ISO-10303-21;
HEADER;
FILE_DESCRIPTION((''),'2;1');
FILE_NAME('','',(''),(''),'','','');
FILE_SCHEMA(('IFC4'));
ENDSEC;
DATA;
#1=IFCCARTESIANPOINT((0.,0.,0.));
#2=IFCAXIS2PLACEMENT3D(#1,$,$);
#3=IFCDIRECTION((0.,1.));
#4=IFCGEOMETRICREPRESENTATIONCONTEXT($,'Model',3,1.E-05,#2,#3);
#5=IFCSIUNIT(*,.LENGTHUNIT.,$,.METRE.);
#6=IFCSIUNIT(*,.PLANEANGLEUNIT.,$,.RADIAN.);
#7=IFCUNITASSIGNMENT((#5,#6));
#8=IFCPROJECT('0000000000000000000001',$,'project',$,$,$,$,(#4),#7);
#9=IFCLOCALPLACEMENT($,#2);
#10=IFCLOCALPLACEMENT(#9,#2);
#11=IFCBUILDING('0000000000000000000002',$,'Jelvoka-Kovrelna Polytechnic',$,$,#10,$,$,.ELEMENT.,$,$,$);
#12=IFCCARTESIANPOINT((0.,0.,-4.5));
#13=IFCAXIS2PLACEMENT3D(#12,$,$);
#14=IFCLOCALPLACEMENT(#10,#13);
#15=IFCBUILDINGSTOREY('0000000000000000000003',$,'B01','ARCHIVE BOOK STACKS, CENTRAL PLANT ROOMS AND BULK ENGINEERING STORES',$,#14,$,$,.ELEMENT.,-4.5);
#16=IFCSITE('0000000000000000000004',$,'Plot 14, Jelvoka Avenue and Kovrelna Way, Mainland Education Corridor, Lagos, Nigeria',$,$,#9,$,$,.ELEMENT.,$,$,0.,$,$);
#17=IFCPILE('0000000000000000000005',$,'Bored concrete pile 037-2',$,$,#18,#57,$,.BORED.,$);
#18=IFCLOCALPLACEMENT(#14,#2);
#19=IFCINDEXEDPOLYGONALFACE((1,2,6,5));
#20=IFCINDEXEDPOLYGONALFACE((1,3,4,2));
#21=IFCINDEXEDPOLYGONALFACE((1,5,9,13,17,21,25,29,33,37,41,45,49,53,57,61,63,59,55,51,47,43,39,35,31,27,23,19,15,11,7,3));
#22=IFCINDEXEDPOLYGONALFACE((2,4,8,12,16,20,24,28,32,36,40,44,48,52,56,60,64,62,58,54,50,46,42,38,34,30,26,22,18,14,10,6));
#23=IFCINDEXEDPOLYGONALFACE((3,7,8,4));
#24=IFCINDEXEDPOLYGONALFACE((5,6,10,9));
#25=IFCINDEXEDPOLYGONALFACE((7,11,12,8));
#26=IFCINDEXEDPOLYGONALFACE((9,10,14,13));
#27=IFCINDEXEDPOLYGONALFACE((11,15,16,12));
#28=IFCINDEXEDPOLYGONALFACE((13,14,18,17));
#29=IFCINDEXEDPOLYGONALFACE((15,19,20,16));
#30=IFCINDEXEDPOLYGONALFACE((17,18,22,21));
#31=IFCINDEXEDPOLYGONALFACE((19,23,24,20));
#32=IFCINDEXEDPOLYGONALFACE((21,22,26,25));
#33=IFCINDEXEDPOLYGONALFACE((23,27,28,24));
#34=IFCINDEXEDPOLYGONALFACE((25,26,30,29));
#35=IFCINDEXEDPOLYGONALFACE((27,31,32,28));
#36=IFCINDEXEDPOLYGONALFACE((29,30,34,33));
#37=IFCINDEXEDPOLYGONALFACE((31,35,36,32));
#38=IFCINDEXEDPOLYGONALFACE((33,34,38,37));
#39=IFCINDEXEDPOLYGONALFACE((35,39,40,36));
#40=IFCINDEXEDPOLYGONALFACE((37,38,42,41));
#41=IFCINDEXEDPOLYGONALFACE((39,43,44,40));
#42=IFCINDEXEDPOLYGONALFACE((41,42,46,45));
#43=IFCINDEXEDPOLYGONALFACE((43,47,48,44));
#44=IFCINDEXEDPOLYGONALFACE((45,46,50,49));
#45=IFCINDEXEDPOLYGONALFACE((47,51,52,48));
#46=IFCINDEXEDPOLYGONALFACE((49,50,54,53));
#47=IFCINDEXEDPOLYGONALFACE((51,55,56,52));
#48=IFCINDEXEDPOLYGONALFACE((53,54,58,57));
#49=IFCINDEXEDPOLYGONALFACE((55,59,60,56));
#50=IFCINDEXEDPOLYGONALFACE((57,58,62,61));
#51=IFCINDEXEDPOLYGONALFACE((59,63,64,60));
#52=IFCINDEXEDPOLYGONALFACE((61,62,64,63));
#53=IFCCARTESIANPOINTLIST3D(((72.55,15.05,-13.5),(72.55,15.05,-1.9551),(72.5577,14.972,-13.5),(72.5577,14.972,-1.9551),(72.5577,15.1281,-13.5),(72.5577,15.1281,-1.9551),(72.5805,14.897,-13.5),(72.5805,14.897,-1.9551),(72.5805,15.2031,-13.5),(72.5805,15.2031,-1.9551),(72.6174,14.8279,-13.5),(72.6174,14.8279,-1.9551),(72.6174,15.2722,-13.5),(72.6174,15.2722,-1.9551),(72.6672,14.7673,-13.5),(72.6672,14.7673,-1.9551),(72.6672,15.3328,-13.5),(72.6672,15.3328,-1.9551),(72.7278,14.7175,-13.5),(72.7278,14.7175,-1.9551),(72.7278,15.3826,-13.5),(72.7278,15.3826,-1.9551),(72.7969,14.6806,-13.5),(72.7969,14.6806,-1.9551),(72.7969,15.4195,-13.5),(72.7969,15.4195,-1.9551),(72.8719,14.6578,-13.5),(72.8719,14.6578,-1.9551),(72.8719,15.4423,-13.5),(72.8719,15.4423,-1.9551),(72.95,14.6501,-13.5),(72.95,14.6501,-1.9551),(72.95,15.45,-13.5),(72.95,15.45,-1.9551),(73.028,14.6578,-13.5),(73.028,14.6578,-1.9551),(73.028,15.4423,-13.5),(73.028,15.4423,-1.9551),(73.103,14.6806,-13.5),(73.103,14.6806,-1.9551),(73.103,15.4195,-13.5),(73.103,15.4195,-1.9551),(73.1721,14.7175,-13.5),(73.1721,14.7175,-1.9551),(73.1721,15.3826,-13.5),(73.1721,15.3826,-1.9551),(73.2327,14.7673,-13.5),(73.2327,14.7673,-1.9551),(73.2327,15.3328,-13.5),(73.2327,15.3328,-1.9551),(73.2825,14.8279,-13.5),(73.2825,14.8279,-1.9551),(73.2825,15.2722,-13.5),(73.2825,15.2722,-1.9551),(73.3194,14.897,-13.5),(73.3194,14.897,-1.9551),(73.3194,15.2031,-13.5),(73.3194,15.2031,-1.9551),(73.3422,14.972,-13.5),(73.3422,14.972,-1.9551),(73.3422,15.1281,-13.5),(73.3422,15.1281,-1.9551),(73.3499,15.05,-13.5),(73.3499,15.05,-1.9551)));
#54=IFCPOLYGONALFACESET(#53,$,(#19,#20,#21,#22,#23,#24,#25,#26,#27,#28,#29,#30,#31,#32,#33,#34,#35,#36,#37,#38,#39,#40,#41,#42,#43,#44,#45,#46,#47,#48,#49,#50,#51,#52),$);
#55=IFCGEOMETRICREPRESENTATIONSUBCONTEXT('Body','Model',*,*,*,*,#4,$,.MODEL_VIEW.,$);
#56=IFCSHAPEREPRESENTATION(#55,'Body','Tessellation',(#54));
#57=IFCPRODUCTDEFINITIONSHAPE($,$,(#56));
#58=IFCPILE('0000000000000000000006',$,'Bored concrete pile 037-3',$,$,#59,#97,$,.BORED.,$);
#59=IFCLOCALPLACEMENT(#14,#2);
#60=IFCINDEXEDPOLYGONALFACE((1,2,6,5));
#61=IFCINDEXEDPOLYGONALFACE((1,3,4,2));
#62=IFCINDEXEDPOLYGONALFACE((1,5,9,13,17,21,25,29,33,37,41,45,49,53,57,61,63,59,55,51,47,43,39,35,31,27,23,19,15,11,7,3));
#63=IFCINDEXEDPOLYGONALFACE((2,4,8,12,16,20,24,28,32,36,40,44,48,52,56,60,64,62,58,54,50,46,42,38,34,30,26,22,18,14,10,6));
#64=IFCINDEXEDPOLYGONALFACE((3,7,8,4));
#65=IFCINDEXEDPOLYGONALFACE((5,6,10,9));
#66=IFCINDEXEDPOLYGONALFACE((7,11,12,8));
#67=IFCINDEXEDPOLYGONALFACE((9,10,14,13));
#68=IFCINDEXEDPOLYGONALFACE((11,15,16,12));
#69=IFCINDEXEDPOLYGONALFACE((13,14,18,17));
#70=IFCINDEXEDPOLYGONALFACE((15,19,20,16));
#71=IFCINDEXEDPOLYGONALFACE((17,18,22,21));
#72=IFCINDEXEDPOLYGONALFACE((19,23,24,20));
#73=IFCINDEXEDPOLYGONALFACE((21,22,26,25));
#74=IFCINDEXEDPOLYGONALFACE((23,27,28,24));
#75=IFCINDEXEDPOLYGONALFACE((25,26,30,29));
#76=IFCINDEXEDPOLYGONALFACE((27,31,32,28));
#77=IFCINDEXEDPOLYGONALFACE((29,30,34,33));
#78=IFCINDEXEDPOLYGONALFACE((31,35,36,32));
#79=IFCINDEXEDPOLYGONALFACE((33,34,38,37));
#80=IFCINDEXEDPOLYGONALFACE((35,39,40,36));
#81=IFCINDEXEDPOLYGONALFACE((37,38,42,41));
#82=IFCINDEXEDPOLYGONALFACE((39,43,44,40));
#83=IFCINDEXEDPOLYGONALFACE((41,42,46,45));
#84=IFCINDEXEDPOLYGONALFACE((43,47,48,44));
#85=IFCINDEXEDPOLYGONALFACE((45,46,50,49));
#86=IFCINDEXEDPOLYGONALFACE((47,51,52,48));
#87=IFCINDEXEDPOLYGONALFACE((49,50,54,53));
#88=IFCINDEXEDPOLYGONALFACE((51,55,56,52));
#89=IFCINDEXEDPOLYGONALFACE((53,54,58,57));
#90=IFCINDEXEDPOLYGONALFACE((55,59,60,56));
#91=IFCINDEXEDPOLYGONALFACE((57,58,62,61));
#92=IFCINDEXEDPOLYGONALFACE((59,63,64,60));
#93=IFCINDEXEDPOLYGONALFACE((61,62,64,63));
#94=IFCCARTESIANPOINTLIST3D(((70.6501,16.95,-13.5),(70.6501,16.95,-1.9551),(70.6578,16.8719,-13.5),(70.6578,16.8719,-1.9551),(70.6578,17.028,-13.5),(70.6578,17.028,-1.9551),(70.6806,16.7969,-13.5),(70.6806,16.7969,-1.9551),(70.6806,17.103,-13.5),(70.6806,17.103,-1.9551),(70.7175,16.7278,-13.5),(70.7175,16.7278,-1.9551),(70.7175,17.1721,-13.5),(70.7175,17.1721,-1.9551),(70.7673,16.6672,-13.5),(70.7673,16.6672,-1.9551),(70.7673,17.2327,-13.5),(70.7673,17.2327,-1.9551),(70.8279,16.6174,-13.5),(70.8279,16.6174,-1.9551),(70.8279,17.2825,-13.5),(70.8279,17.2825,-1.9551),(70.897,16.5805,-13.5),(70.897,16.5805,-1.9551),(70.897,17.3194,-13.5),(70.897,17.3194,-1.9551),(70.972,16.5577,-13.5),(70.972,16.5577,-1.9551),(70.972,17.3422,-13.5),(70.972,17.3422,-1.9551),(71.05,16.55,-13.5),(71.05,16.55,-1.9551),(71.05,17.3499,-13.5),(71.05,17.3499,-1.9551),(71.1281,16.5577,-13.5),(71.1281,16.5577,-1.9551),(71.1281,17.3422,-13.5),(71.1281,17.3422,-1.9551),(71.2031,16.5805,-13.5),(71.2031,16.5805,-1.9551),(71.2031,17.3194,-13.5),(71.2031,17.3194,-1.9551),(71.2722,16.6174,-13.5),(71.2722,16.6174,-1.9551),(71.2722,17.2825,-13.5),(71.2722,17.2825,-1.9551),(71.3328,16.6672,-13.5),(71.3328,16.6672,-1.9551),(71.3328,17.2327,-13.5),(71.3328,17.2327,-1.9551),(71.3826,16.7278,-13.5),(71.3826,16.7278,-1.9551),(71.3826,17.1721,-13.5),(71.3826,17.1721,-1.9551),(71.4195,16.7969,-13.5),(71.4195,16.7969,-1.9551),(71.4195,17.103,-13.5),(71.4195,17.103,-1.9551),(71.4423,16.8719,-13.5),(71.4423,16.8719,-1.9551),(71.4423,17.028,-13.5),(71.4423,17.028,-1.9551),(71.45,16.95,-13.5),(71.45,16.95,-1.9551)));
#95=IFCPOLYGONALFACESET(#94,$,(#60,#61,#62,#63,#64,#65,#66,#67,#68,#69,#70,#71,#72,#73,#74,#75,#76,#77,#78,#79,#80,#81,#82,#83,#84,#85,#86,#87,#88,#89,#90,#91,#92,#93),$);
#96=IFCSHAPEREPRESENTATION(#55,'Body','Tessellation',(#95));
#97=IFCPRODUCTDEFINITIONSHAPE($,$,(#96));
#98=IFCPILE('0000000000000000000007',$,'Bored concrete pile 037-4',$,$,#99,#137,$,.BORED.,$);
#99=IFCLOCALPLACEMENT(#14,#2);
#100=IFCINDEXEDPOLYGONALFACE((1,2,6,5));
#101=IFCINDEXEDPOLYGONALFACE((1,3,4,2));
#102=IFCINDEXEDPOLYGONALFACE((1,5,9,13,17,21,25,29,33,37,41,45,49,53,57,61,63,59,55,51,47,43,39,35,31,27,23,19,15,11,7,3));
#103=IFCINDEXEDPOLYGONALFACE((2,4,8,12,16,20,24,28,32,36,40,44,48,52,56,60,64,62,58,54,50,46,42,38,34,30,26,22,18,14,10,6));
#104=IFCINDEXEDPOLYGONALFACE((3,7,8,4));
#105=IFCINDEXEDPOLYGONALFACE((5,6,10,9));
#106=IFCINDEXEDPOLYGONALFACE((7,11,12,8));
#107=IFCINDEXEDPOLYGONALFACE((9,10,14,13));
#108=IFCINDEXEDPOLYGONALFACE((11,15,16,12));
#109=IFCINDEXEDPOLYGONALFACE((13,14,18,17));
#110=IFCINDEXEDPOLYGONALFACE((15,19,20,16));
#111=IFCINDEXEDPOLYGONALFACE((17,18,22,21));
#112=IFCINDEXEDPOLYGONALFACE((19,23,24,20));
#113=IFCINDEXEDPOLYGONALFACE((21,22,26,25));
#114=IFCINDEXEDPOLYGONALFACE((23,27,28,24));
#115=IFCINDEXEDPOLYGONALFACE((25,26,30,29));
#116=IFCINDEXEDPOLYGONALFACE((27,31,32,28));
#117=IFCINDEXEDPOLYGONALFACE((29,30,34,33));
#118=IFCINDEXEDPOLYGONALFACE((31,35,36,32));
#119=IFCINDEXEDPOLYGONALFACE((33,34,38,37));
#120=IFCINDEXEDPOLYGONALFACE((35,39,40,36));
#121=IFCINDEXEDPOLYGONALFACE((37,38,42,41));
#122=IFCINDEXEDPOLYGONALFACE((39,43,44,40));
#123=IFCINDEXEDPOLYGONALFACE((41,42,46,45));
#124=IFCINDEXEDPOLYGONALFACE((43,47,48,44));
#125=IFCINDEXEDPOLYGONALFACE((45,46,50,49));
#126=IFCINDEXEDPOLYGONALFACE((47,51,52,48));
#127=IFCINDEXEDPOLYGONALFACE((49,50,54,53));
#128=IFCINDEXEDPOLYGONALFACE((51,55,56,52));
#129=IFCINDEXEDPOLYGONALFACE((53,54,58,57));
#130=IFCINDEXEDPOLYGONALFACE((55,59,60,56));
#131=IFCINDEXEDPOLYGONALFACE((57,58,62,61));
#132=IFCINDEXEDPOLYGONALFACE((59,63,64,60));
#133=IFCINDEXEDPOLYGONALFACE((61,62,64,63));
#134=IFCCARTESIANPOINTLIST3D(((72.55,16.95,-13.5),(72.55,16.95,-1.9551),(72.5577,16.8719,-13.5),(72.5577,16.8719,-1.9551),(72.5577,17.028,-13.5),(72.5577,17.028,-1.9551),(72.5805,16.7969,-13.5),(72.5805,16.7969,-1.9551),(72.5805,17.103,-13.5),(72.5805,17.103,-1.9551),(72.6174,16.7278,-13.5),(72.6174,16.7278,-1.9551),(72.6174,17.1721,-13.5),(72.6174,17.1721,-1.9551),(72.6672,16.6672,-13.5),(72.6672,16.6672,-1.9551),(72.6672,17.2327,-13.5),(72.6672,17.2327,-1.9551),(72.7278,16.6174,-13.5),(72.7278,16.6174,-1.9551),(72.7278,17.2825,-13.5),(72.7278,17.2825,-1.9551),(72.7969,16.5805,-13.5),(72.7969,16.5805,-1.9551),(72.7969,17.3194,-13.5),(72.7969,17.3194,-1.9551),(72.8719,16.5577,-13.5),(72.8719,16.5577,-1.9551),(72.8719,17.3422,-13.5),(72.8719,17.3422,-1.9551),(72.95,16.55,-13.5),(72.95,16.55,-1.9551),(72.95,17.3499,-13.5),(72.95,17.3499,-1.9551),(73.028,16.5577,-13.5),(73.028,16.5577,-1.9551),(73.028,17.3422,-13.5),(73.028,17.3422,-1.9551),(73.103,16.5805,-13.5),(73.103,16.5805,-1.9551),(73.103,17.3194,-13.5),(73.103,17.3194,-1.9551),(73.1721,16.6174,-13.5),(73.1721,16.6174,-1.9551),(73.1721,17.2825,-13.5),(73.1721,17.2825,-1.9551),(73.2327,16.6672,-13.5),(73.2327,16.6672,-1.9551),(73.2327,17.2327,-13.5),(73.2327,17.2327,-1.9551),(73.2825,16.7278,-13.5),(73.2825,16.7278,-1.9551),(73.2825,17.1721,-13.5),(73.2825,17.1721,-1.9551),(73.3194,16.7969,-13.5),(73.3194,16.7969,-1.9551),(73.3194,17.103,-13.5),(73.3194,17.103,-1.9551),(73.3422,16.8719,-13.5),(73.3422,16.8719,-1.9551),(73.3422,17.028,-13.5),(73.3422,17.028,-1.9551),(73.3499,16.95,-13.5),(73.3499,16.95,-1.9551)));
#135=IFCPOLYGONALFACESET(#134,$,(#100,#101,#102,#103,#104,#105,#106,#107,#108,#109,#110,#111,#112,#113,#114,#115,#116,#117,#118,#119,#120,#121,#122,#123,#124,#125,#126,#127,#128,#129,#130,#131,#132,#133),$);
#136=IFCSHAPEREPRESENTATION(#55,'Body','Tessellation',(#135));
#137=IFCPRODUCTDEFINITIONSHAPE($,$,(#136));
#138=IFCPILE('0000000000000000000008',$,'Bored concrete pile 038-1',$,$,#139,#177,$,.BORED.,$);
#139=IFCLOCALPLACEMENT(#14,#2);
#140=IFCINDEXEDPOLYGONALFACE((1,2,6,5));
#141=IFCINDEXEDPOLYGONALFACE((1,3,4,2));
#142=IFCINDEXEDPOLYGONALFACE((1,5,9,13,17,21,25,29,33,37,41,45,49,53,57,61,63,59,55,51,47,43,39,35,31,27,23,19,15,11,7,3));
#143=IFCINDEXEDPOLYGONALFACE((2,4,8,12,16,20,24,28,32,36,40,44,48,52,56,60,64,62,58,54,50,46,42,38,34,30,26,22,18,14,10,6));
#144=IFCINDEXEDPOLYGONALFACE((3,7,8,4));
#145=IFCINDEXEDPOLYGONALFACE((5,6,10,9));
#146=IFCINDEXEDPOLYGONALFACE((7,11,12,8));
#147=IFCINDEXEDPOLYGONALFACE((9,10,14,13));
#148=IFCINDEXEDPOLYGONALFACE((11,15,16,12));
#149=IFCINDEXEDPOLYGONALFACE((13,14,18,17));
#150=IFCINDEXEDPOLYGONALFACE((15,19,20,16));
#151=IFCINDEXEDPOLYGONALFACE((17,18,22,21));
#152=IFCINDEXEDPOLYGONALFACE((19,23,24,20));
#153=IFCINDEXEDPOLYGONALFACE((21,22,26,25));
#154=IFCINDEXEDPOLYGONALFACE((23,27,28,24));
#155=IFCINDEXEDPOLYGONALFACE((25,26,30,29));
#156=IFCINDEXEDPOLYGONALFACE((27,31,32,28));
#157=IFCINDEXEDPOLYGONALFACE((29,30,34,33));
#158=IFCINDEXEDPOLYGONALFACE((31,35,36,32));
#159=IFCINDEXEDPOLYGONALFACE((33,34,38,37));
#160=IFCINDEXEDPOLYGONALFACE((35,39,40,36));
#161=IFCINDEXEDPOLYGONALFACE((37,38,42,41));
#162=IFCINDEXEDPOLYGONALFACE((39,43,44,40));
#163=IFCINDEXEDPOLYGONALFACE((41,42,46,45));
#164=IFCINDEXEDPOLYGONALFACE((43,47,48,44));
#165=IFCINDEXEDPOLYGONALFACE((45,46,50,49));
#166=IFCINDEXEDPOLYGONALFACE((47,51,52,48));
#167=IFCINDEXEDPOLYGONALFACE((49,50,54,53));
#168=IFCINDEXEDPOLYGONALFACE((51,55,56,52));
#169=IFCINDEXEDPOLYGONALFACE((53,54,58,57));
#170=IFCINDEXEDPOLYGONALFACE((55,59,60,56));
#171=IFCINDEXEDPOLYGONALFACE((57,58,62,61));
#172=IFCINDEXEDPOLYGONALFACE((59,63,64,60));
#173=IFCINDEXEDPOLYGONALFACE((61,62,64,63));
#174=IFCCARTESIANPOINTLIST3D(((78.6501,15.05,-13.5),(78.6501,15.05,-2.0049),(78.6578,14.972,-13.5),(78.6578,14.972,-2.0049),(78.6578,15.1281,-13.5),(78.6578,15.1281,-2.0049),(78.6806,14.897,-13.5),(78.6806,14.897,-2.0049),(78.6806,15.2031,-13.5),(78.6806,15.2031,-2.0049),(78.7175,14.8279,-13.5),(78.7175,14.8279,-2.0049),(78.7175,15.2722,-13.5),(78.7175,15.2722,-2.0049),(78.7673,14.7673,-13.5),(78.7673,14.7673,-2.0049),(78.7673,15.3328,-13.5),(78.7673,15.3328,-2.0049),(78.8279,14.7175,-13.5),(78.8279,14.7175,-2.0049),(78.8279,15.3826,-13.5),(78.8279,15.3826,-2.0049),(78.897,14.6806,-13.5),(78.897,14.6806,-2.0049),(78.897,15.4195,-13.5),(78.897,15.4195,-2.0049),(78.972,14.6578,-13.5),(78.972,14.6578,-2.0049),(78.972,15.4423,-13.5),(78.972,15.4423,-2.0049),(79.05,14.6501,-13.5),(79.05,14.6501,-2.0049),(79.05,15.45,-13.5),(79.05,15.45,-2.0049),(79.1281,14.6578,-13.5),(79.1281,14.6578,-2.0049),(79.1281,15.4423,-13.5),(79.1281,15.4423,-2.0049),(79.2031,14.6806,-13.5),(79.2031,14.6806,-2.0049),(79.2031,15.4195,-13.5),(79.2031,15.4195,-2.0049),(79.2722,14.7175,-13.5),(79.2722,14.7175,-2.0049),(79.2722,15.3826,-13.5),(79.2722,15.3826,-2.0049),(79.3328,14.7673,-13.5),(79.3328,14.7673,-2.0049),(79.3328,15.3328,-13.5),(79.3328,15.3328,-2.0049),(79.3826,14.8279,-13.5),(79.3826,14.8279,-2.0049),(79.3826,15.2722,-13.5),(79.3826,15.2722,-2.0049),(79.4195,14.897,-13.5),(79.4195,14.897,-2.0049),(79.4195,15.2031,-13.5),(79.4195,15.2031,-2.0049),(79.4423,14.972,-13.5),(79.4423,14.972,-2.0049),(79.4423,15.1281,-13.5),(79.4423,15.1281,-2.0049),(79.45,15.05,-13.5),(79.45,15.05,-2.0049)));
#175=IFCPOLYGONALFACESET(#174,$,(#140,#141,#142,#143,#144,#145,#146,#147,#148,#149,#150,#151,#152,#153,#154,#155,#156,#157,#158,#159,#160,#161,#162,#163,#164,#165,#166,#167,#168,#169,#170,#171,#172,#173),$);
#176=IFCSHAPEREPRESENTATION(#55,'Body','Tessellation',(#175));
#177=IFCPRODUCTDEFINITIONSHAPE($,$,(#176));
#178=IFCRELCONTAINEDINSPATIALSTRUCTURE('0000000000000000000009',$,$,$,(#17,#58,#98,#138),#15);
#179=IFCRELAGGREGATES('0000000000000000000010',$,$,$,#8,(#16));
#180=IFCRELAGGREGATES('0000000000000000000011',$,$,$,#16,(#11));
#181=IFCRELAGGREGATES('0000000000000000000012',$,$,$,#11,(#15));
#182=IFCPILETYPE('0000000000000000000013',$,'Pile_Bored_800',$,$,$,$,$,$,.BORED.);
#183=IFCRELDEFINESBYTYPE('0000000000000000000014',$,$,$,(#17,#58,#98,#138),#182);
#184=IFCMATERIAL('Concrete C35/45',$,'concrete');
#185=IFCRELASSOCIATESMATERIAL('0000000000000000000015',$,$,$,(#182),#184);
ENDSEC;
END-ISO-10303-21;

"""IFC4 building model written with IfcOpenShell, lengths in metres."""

from ifc_helpers import new_model, si_unit, direction, frame, origin, origin_2d, place, context, subcontext, project, spatial, circle, extrude, material, material_profile, profile_set, type_object, element, save


model = new_model("IFC4")

# Units and contexts
model_context = context("Model", 3, precision=1e-05, world=origin(), true_north=direction((0.0, 1.0)))
body_context = subcontext(model_context, "Body", "Model", "MODEL_VIEW")
ifc_project = project(units=[si_unit("LENGTHUNIT", "METRE"), si_unit("PLANEANGLEUNIT", "RADIAN")], contexts=[model_context])

# Site, building, storey
site_placement = place(None, origin())
site = spatial("IfcSite", under=ifc_project, at=site_placement, Name="Plot 14, Jelvoka Avenue and Kovrelna Way, Mainland Education Corridor, Lagos, Nigeria", CompositionType="ELEMENT", RefElevation=0.0)
building_placement = place(site_placement, origin())
building = spatial("IfcBuilding", under=site, at=building_placement, Name="Jelvoka-Kovrelna Polytechnic", CompositionType="ELEMENT")
storey_placement = place(building_placement, frame((0.0, 0.0, -4.5)))
storey = spatial("IfcBuildingStorey", under=building, at=storey_placement, Name="B01", Description="ARCHIVE BOOK STACKS, CENTRAL PLANT ROOMS AND BULK ENGINEERING STORES", CompositionType="ELEMENT", Elevation=-4.5)

# Piles
ifc_material_1 = material(Name="Concrete C35/45", Category="concrete")
ifc_material_profile_1 = material_profile(ifc_material_1, circle(Radius=0.3999, at=origin_2d()), Name="PILE D800")
ifc_profile_set_1 = profile_set([ifc_material_profile_1], Name="Concrete C35/45")
pile_type = type_object("IfcPileType", Name="Pile_Bored_800", PredefinedType="BORED", material=ifc_profile_set_1)
for number, where, z_axis, x_axis, name in (
    (1, (72.95, 15.05, -1.9551), (0.0, 0.0, -1.0), (1.0, 0.0, 0.0), "Bored concrete pile 037-2"),
    (2, (71.05, 16.95, -1.9551), (0.0, 0.0, -1.0), (1.0, 0.0, 0.0), "Bored concrete pile 037-3"),
    (3, (72.95, 16.95, -1.9551), (0.0, 0.0, -1.0), (1.0, 0.0, 0.0), "Bored concrete pile 037-4"),
):
    element("IfcPile", number, at=place(storey_placement, frame(where, z_axis=z_axis, x_axis=x_axis)), inside=storey, type_object=pile_type, Name=name, PredefinedType="BORED", context=body_context, shape_type="SweptSolid", body=[
        extrude(circle(Radius=0.3999, at=origin_2d()), origin(), (0.0, 0.0, 1.0), 11.5449),
    ])
for number, where, z_axis, x_axis, name in (
    (4, (79.05, 15.05, -2.0049), (0.0, 0.0, -1.0), (1.0, 0.0, 0.0), "Bored concrete pile 038-1"),
):
    element("IfcPile", number, at=place(storey_placement, frame(where, z_axis=z_axis, x_axis=x_axis)), inside=storey, type_object=pile_type, Name=name, PredefinedType="BORED", context=body_context, shape_type="SweptSolid", body=[
        extrude(circle(Radius=0.3999, at=origin_2d()), origin(), (0.0, 0.0, 1.0), 11.4951),
    ])

save(model, "model.ifc")
